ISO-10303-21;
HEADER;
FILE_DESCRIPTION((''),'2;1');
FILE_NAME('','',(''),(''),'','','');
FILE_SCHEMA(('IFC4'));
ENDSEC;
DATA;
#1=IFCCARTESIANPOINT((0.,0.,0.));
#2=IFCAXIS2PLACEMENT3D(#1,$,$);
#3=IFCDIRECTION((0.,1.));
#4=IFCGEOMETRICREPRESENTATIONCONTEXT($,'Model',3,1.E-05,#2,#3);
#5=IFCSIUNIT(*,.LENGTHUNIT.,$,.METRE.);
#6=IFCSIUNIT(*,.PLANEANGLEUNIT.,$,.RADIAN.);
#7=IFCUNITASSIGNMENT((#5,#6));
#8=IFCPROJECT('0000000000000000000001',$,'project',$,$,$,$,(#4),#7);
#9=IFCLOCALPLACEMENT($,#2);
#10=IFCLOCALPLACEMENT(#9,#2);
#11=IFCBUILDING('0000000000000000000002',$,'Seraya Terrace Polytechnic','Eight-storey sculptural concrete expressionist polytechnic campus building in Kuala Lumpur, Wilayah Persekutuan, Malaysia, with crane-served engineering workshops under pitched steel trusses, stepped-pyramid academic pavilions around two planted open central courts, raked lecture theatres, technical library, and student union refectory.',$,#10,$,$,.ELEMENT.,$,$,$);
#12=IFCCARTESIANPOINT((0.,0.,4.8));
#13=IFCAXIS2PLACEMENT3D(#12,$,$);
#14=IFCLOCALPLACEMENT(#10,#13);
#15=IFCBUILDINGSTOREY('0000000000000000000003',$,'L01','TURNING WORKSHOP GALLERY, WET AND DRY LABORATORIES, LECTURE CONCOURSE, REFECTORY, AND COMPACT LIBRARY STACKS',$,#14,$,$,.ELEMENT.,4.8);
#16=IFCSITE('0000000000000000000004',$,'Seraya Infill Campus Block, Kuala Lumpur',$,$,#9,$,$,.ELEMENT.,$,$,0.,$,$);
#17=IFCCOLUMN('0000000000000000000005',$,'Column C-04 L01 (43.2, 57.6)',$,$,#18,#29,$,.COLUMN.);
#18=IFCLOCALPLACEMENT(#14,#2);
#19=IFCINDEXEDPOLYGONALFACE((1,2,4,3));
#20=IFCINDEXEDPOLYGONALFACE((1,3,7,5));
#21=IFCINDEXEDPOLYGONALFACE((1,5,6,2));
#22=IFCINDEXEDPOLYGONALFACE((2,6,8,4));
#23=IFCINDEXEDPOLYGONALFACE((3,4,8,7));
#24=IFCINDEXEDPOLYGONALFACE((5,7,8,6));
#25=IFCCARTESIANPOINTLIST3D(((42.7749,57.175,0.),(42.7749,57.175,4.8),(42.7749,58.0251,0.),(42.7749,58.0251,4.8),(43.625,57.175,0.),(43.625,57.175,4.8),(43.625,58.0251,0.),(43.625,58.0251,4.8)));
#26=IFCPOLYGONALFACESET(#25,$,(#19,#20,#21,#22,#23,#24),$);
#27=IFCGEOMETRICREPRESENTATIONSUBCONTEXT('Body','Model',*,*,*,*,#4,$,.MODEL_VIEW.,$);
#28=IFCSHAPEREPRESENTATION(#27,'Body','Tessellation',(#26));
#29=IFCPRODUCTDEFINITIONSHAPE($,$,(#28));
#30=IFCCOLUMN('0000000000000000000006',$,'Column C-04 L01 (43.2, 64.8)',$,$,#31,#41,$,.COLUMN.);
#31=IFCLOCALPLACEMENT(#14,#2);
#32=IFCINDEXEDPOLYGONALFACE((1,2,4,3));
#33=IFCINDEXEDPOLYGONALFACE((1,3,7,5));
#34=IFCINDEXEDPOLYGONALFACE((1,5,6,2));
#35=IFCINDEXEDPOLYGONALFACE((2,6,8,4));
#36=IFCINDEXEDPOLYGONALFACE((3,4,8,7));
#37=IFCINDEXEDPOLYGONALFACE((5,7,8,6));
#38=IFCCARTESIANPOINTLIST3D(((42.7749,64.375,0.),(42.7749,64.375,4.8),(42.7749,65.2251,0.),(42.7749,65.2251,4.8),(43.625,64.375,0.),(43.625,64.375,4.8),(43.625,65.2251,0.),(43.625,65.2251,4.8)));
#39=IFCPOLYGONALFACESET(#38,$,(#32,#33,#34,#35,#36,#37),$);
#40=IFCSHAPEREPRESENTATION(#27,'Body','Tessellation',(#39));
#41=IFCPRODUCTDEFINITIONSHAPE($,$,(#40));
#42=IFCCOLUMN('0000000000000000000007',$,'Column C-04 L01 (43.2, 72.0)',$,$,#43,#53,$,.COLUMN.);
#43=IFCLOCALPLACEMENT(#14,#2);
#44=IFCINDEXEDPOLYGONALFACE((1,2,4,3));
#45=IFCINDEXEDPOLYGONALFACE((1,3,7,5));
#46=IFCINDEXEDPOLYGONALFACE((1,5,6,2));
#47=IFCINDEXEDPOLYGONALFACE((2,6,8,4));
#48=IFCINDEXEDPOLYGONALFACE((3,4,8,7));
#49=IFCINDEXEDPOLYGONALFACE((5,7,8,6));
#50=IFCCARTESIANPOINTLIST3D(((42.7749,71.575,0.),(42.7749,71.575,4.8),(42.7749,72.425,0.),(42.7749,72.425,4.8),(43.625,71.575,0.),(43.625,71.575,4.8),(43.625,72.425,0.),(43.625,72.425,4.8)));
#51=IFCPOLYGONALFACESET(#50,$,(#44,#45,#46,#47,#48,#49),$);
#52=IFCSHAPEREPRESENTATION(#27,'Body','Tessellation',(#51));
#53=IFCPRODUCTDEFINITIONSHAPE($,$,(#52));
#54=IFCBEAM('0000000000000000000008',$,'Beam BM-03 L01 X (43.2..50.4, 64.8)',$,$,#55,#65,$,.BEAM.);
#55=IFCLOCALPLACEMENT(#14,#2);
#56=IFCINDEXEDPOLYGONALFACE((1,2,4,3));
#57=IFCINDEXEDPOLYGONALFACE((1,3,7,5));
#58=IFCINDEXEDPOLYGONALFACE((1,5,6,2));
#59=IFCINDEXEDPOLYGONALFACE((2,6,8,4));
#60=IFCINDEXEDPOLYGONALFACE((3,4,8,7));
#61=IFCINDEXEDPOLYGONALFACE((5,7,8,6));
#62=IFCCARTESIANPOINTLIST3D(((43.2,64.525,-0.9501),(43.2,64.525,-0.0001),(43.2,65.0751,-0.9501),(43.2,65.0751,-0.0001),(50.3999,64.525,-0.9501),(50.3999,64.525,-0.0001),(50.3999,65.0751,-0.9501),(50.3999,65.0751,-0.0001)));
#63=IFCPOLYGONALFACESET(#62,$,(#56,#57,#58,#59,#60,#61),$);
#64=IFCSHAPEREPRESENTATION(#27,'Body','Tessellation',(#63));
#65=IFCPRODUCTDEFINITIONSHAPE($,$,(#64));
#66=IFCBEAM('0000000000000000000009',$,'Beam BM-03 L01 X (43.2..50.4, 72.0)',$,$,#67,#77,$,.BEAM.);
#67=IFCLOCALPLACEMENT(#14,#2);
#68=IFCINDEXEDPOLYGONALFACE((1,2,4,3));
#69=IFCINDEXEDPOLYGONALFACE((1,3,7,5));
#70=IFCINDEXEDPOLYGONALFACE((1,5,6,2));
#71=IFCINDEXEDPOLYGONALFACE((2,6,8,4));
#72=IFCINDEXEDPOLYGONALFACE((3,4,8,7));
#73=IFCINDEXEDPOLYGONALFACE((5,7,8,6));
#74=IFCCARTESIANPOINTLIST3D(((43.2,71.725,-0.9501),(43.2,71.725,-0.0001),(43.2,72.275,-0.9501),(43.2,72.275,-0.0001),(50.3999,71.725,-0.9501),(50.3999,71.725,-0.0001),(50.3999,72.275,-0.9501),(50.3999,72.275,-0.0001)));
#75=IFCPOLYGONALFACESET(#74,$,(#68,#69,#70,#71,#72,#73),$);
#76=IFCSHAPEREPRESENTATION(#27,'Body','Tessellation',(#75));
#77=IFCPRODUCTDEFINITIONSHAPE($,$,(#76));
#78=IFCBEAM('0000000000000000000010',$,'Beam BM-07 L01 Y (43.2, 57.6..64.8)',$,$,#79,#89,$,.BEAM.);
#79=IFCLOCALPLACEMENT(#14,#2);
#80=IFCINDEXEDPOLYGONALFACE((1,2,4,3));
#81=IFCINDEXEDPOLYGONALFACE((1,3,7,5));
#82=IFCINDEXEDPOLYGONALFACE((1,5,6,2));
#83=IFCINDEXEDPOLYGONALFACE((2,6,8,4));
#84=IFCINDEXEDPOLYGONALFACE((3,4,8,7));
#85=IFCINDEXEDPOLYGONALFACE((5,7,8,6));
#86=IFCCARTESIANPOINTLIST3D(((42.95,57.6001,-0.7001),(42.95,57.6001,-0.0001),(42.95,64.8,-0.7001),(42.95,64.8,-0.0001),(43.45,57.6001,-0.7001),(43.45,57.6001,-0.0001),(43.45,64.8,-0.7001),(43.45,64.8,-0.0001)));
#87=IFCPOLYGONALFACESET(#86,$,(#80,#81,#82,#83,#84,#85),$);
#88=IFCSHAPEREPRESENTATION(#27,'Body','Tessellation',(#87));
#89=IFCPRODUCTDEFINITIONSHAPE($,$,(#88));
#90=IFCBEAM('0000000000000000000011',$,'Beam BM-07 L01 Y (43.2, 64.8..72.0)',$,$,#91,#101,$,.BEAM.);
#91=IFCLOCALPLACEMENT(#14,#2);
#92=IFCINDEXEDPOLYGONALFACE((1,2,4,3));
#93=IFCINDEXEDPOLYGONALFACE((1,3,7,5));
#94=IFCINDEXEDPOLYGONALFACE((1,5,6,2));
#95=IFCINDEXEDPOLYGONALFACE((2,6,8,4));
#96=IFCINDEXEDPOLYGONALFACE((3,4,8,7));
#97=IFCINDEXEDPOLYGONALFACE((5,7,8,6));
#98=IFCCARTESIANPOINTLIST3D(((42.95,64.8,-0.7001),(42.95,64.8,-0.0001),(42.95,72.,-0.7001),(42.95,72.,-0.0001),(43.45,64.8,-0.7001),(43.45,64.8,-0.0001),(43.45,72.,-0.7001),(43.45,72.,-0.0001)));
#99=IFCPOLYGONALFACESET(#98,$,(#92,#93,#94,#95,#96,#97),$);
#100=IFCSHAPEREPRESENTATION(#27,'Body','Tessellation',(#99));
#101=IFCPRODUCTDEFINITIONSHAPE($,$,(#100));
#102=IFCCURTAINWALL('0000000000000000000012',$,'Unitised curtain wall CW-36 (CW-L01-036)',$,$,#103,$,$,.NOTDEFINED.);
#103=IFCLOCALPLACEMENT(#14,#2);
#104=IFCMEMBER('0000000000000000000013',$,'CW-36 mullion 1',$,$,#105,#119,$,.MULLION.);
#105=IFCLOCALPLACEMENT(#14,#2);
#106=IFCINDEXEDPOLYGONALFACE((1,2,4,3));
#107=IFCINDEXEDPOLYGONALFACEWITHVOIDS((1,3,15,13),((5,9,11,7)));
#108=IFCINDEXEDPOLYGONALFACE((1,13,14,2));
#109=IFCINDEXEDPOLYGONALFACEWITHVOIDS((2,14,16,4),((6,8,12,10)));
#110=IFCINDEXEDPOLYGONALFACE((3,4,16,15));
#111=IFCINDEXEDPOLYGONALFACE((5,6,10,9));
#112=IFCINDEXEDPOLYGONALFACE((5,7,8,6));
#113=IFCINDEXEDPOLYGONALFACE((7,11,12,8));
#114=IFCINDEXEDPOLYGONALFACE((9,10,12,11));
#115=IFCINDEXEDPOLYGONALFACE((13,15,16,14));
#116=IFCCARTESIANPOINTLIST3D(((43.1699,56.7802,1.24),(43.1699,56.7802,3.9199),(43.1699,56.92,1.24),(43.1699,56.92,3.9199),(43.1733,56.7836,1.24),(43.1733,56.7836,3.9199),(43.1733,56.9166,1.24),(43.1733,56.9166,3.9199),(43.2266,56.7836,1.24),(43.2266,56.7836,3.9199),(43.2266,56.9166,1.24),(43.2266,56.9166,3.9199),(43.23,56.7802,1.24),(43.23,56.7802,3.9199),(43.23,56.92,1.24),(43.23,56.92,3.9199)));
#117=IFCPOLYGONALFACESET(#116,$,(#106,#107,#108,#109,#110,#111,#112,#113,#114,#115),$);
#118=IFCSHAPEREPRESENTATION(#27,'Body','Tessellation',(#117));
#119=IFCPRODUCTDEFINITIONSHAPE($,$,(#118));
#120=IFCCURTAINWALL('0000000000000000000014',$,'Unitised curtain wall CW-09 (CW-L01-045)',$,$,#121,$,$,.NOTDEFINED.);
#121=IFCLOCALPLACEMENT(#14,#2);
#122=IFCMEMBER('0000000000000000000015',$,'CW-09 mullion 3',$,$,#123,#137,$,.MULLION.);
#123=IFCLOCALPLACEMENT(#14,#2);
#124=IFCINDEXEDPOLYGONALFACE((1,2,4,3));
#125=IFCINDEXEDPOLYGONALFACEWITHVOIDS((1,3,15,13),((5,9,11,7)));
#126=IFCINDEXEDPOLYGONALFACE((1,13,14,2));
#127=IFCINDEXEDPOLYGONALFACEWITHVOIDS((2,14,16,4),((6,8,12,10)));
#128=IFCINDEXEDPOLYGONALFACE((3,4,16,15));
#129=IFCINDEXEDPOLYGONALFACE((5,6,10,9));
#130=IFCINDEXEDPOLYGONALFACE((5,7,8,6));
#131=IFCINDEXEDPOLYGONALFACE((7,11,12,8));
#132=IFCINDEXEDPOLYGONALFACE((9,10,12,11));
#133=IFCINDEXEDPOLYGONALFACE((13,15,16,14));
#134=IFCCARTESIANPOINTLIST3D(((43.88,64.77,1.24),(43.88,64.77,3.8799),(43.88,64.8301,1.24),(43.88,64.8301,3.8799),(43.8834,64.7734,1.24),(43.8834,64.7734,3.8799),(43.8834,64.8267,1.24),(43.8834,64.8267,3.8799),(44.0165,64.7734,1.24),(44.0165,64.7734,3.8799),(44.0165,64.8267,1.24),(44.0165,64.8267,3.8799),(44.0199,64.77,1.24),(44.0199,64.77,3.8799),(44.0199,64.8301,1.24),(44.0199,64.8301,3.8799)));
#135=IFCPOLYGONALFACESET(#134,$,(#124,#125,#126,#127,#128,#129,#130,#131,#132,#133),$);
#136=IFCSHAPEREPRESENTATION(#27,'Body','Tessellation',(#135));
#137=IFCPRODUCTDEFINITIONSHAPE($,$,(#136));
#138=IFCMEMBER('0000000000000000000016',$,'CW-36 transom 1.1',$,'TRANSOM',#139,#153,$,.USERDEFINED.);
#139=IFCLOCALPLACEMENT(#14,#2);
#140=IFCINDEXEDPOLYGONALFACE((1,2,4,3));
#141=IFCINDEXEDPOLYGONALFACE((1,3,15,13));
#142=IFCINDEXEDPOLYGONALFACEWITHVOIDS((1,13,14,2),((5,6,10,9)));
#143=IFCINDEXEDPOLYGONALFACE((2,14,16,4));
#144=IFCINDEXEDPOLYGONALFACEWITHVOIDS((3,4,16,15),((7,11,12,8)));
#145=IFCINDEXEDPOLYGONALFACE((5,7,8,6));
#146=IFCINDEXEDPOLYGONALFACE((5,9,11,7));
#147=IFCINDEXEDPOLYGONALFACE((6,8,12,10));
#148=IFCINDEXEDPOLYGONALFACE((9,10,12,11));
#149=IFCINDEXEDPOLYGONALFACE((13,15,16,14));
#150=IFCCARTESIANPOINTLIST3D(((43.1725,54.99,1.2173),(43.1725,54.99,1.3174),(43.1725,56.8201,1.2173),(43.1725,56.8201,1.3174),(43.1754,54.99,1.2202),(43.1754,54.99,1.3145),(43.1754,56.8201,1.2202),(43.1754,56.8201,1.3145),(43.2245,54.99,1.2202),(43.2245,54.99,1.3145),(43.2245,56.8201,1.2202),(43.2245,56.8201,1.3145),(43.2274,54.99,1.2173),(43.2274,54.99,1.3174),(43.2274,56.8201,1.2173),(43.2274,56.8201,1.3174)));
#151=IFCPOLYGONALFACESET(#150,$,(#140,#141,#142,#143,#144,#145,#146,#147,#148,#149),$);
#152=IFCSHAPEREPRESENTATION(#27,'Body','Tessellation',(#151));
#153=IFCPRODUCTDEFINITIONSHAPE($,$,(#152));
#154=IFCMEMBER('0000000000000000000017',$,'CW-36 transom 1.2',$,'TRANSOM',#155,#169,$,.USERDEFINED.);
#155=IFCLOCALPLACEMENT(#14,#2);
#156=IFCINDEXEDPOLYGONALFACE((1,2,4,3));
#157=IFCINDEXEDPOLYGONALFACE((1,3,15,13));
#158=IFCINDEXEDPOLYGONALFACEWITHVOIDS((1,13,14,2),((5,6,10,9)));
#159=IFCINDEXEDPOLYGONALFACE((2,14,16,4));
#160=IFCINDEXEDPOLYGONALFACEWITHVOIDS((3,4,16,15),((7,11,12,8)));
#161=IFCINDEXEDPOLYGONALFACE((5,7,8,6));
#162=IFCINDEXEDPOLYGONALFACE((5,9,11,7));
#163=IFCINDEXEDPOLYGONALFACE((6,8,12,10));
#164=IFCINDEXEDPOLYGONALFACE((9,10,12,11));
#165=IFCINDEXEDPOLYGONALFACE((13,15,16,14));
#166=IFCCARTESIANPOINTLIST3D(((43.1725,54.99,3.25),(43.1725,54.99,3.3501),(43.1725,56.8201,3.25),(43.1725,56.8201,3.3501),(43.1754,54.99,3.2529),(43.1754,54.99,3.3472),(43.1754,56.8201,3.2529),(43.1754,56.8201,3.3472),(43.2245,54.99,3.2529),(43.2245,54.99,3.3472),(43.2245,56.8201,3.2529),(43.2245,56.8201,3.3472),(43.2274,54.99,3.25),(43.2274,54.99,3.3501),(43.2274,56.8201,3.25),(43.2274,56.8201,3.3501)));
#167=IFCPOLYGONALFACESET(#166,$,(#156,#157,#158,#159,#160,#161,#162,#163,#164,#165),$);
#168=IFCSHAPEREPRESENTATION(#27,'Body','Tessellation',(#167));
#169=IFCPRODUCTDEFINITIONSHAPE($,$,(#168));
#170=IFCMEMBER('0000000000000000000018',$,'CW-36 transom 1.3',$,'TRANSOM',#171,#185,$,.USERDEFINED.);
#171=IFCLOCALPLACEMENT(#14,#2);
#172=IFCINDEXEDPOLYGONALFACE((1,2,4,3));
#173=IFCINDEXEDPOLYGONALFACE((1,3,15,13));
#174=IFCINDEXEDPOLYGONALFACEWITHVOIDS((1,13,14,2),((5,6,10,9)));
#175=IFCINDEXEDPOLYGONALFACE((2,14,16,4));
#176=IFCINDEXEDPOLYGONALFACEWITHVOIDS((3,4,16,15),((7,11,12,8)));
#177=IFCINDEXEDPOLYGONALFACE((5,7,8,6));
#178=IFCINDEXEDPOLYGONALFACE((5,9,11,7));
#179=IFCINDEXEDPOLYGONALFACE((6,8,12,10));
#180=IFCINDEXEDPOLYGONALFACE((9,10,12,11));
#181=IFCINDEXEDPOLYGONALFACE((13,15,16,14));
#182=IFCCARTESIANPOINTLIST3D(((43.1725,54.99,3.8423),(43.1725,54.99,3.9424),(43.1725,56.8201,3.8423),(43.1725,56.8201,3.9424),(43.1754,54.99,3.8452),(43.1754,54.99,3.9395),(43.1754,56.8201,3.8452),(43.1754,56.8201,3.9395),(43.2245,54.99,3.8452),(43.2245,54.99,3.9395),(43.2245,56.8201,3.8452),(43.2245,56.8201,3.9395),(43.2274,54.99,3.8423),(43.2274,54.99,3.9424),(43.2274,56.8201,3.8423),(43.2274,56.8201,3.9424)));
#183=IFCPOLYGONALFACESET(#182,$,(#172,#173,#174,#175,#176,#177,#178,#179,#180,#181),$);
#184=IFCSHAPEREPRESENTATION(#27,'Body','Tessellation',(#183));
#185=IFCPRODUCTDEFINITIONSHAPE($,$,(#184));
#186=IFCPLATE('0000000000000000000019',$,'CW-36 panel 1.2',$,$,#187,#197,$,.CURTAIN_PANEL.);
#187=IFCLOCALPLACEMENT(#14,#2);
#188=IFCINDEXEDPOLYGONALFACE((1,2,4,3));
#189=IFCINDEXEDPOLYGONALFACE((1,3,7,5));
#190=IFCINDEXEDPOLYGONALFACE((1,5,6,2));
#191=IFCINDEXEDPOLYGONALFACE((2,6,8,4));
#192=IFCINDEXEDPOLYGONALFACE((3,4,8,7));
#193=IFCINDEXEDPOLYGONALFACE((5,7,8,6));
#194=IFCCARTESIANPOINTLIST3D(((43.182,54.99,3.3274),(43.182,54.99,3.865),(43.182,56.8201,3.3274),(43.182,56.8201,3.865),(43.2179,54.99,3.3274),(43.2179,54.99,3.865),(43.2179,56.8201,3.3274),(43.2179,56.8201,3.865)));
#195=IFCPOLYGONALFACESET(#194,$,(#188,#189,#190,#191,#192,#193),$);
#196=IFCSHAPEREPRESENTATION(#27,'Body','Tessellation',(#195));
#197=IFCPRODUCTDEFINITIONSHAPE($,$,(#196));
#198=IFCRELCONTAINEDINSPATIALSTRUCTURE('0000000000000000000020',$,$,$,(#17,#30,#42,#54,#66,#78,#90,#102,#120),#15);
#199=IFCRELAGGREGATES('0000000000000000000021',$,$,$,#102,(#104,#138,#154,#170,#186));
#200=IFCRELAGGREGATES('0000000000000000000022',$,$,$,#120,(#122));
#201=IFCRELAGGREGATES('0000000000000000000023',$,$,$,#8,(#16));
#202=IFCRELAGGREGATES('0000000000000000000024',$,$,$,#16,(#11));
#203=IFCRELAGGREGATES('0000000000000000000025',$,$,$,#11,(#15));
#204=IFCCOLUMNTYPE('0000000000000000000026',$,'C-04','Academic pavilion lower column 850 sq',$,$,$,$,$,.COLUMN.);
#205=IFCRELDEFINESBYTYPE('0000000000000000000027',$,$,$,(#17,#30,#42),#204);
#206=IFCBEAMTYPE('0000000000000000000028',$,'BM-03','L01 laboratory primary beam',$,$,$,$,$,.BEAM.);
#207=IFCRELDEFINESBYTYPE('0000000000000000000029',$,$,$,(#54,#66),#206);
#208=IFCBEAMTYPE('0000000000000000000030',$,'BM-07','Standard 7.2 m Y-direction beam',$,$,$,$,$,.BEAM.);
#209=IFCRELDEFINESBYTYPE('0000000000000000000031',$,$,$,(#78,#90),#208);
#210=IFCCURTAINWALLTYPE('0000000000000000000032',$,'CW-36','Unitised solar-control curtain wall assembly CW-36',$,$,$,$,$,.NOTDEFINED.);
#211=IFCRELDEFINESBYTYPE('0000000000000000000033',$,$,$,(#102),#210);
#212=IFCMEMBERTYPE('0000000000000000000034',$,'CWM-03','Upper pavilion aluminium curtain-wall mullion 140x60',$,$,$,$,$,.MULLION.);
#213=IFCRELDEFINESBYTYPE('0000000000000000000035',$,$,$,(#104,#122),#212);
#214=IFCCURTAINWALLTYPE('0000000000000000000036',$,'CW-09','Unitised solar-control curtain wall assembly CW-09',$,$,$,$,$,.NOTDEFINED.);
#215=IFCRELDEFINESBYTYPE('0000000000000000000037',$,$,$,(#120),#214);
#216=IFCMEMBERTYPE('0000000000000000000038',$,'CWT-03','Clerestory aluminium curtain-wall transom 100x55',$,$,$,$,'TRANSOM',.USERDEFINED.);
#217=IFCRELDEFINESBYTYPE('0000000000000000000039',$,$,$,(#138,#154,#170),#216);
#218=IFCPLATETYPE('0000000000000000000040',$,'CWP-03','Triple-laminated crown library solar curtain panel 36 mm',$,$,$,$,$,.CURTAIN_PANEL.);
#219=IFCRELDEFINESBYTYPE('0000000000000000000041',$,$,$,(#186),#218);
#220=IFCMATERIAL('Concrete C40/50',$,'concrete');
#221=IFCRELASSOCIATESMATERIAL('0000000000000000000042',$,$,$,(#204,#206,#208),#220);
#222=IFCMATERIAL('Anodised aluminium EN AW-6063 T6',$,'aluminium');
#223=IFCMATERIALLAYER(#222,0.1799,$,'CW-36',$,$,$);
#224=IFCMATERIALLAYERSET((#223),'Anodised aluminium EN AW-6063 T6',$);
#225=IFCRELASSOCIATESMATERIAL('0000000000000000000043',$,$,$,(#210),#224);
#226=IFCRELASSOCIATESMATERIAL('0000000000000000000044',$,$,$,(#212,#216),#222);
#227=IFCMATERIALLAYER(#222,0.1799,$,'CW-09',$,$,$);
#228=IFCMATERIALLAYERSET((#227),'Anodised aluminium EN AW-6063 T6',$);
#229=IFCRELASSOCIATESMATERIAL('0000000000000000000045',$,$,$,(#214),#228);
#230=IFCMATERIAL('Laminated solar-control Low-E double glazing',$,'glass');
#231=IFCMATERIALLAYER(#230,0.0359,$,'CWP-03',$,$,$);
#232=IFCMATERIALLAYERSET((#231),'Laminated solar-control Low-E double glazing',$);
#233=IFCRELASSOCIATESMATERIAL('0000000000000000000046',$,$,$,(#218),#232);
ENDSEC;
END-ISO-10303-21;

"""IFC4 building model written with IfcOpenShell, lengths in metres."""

from ifc_helpers import new_model, si_unit, direction, frame, origin, origin_2d, place, context, subcontext, project, spatial, rectangle, hollow_rectangle, extrude, material, layer, layer_set, material_profile, profile_set, type_object, element, aggregate, save


model = new_model("IFC4")

# Units and contexts
model_context = context("Model", 3, precision=1e-05, world=origin(), true_north=direction((0.0, 1.0)))
body_context = subcontext(model_context, "Body", "Model", "MODEL_VIEW")
ifc_project = project(units=[si_unit("LENGTHUNIT", "METRE"), si_unit("PLANEANGLEUNIT", "RADIAN")], contexts=[model_context])

# Site, building, storey
site_placement = place(None, origin())
site = spatial("IfcSite", under=ifc_project, at=site_placement, Name="Seraya Infill Campus Block, Kuala Lumpur", CompositionType="ELEMENT", RefElevation=0.0)
building_placement = place(site_placement, origin())
building = spatial("IfcBuilding", under=site, at=building_placement, Name="Seraya Terrace Polytechnic", Description="Eight-storey sculptural concrete expressionist polytechnic campus building in Kuala Lumpur, Wilayah Persekutuan, Malaysia, with crane-served engineering workshops under pitched steel trusses, stepped-pyramid academic pavilions around two planted open central courts, raked lecture theatres, technical library, and student union refectory.", CompositionType="ELEMENT")
storey_placement = place(building_placement, frame((0.0, 0.0, 4.8)))
storey = spatial("IfcBuildingStorey", under=building, at=storey_placement, Name="L01", Description="TURNING WORKSHOP GALLERY, WET AND DRY LABORATORIES, LECTURE CONCOURSE, REFECTORY, AND COMPACT LIBRARY STACKS", CompositionType="ELEMENT", Elevation=4.8)

# Columns
ifc_material_1 = material(Name="Concrete C40/50", Category="concrete")
ifc_material_profile_1 = material_profile(ifc_material_1, rectangle(XDim=0.8501, YDim=0.8501, at=origin_2d()), Name="RC 850x850")
ifc_profile_set_1 = profile_set([ifc_material_profile_1], Name="Concrete C40/50")
column_type = type_object("IfcColumnType", Name="C-04", Description="Academic pavilion lower column 850 sq", PredefinedType="COLUMN", material=ifc_profile_set_1)
for number, where, z_axis, x_axis, name in (
    (1, (43.2, 57.6001, 0.0), (0.0, 0.0, 1.0), (1.0, 0.0, 0.0), "Column C-04 L01 (43.2, 57.6)"),
    (2, (43.2, 64.8, 0.0), (0.0, 0.0, 1.0), (1.0, 0.0, 0.0), "Column C-04 L01 (43.2, 64.8)"),
    (3, (43.2, 72.0, 0.0), (0.0, 0.0, 1.0), (1.0, 0.0, 0.0), "Column C-04 L01 (43.2, 72.0)"),
):
    element("IfcColumn", number, at=place(storey_placement, frame(where, z_axis=z_axis, x_axis=x_axis)), inside=storey, type_object=column_type, Name=name, PredefinedType="COLUMN", context=body_context, shape_type="SweptSolid", body=[
        extrude(rectangle(XDim=0.8501, YDim=0.8501, at=origin_2d()), origin(), (0.0, 0.0, 1.0), 4.8),
    ])

# Beams
ifc_material_profile_2 = material_profile(ifc_material_1, rectangle(XDim=0.55, YDim=0.95, at=origin_2d()), Name="RC 550x950")
ifc_profile_set_2 = profile_set([ifc_material_profile_2], Name="Concrete C40/50")
beam_type_1 = type_object("IfcBeamType", Name="BM-03", Description="L01 laboratory primary beam", PredefinedType="BEAM", material=ifc_profile_set_2)
for number, where, z_axis, x_axis, name in (
    (4, (43.2, 64.8, -0.4751), (1.0, 0.0, 0.0), (0.0, 1.0, 0.0), "Beam BM-03 L01 X (43.2..50.4, 64.8)"),
    (5, (43.2, 72.0, -0.4751), (1.0, 0.0, 0.0), (0.0, 1.0, 0.0), "Beam BM-03 L01 X (43.2..50.4, 72.0)"),
):
    element("IfcBeam", number, at=place(storey_placement, frame(where, z_axis=z_axis, x_axis=x_axis)), inside=storey, type_object=beam_type_1, Name=name, PredefinedType="BEAM", context=body_context, shape_type="SweptSolid", body=[
        extrude(rectangle(XDim=0.55, YDim=0.95, at=origin_2d()), origin(), (0.0, 0.0, 1.0), 7.2),
    ])
ifc_material_profile_3 = material_profile(ifc_material_1, rectangle(XDim=0.5, YDim=0.7, at=origin_2d()), Name="RC 500x700")
ifc_profile_set_3 = profile_set([ifc_material_profile_3], Name="Concrete C40/50")
beam_type_2 = type_object("IfcBeamType", Name="BM-07", Description="Standard 7.2 m Y-direction beam", PredefinedType="BEAM", material=ifc_profile_set_3)
for number, where, z_axis, x_axis, name in (
    (6, (43.2, 57.6001, -0.3501), (0.0, 1.0, 0.0), (-1.0, 0.0, 0.0), "Beam BM-07 L01 Y (43.2, 57.6..64.8)"),
    (7, (43.2, 64.8, -0.3501), (0.0, 1.0, 0.0), (-1.0, 0.0, 0.0), "Beam BM-07 L01 Y (43.2, 64.8..72.0)"),
):
    element("IfcBeam", number, at=place(storey_placement, frame(where, z_axis=z_axis, x_axis=x_axis)), inside=storey, type_object=beam_type_2, Name=name, PredefinedType="BEAM", context=body_context, shape_type="SweptSolid", body=[
        extrude(rectangle(XDim=0.5, YDim=0.7, at=origin_2d()), origin(), (0.0, 0.0, 1.0), 7.2),
    ])

# Curtain walls, members
ifc_material_2 = material(Name="Anodised aluminium EN AW-6063 T6", Category="aluminium")
ifc_layer_1 = layer(ifc_material_2, 0.1799, Name="CW-36")
ifc_layer_set_1 = layer_set([ifc_layer_1], Name="Anodised aluminium EN AW-6063 T6")
curtain_wall_type_1 = type_object("IfcCurtainWallType", Name="CW-36", Description="Unitised solar-control curtain wall assembly CW-36", PredefinedType="NOTDEFINED", material=ifc_layer_set_1)
curtain_wall_1_placement = place(storey_placement, origin())
curtain_wall_1 = element("IfcCurtainWall", 8, at=curtain_wall_1_placement, inside=storey, type_object=curtain_wall_type_1, Name="Unitised curtain wall CW-36 (CW-L01-036)", PredefinedType="NOTDEFINED")
ifc_material_profile_4 = material_profile(ifc_material_2, hollow_rectangle(XDim=0.0601, YDim=0.1399, WallThickness=0.0034, at=origin_2d()), Name="RHS 140x60x3.5")
ifc_profile_set_4 = profile_set([ifc_material_profile_4], Name="Anodised aluminium EN AW-6063 T6")
member_type_1 = type_object("IfcMemberType", Name="CWM-03", Description="Upper pavilion aluminium curtain-wall mullion 140x60", PredefinedType="MULLION", material=ifc_profile_set_4)
member_1_placement = place(storey_placement, frame((43.2, 56.8501, 1.24), z_axis=(0.0, 0.0, 1.0), x_axis=(1.0, 0.0, 0.0)))
member_1 = element("IfcMember", 9, at=member_1_placement, type_object=member_type_1, Name="CW-36 mullion 1", PredefinedType="MULLION", context=body_context, shape_type="SweptSolid", body=[
    extrude(hollow_rectangle(XDim=0.0601, YDim=0.1399, WallThickness=0.0034, at=origin_2d()), origin(), (0.0, 0.0, 1.0), 2.6799),
])
ifc_layer_2 = layer(ifc_material_2, 0.1799, Name="CW-09")
ifc_layer_set_2 = layer_set([ifc_layer_2], Name="Anodised aluminium EN AW-6063 T6")
curtain_wall_type_2 = type_object("IfcCurtainWallType", Name="CW-09", Description="Unitised solar-control curtain wall assembly CW-09", PredefinedType="NOTDEFINED", material=ifc_layer_set_2)
curtain_wall_2_placement = place(storey_placement, origin())
curtain_wall_2 = element("IfcCurtainWall", 10, at=curtain_wall_2_placement, inside=storey, type_object=curtain_wall_type_2, Name="Unitised curtain wall CW-09 (CW-L01-045)", PredefinedType="NOTDEFINED")
member_2_placement = place(storey_placement, frame((43.95, 64.8, 1.24), z_axis=(0.0, 0.0, 1.0), x_axis=(0.0, -1.0, 0.0)))
member_2 = element("IfcMember", 11, at=member_2_placement, type_object=member_type_1, Name="CW-09 mullion 3", PredefinedType="MULLION", context=body_context, shape_type="SweptSolid", body=[
    extrude(hollow_rectangle(XDim=0.0601, YDim=0.1399, WallThickness=0.0034, at=origin_2d()), origin(), (0.0, 0.0, 1.0), 2.6399),
])

# Members
ifc_material_profile_5 = material_profile(ifc_material_2, hollow_rectangle(XDim=0.0549, YDim=0.1001, WallThickness=0.0029, at=origin_2d()), Name="RHS 100x55x3.0")
ifc_profile_set_5 = profile_set([ifc_material_profile_5], Name="Anodised aluminium EN AW-6063 T6")
member_type_2 = type_object("IfcMemberType", Name="CWT-03", Description="Clerestory aluminium curtain-wall transom 100x55", ElementType="TRANSOM", PredefinedType="USERDEFINED", material=ifc_profile_set_5)
member_3_placement = place(storey_placement, frame((43.2, 56.8201, 1.2673), z_axis=(0.0, -1.0, 0.0), x_axis=(1.0, 0.0, 0.0)))
member_3 = element("IfcMember", 12, at=member_3_placement, type_object=member_type_2, Name="CW-36 transom 1.1", ObjectType="TRANSOM", PredefinedType="USERDEFINED", context=body_context, shape_type="SweptSolid", body=[
    extrude(hollow_rectangle(XDim=0.0549, YDim=0.1001, WallThickness=0.0029, at=origin_2d()), origin(), (0.0, 0.0, 1.0), 1.8301),
])
member_4_placement = place(storey_placement, frame((43.2, 56.8201, 3.3), z_axis=(0.0, -1.0, 0.0), x_axis=(1.0, 0.0, 0.0)))
member_4 = element("IfcMember", 13, at=member_4_placement, type_object=member_type_2, Name="CW-36 transom 1.2", ObjectType="TRANSOM", PredefinedType="USERDEFINED", context=body_context, shape_type="SweptSolid", body=[
    extrude(hollow_rectangle(XDim=0.0549, YDim=0.1001, WallThickness=0.0029, at=origin_2d()), origin(), (0.0, 0.0, 1.0), 1.8301),
])
member_5_placement = place(storey_placement, frame((43.2, 56.8201, 3.8923), z_axis=(0.0, -1.0, 0.0), x_axis=(1.0, 0.0, 0.0)))
member_5 = element("IfcMember", 14, at=member_5_placement, type_object=member_type_2, Name="CW-36 transom 1.3", ObjectType="TRANSOM", PredefinedType="USERDEFINED", context=body_context, shape_type="SweptSolid", body=[
    extrude(hollow_rectangle(XDim=0.0549, YDim=0.1001, WallThickness=0.0029, at=origin_2d()), origin(), (0.0, 0.0, 1.0), 1.8301),
])

# Plate
ifc_material_3 = material(Name="Laminated solar-control Low-E double glazing", Category="glass")
ifc_layer_3 = layer(ifc_material_3, 0.0359, Name="CWP-03")
ifc_layer_set_3 = layer_set([ifc_layer_3], Name="Laminated solar-control Low-E double glazing")
plate_type = type_object("IfcPlateType", Name="CWP-03", Description="Triple-laminated crown library solar curtain panel 36 mm", PredefinedType="CURTAIN_PANEL", material=ifc_layer_set_3)
plate_1_placement = place(storey_placement, frame((43.2, 55.905, 3.3274), z_axis=(0.0, 0.0, 1.0), x_axis=(0.0, -1.0, 0.0)))
plate_1 = element("IfcPlate", 15, at=plate_1_placement, type_object=plate_type, Name="CW-36 panel 1.2", PredefinedType="CURTAIN_PANEL", context=body_context, shape_type="SweptSolid", body=[
    extrude(rectangle(XDim=1.8301, YDim=0.0359, at=origin_2d()), origin(), (0.0, 0.0, 1.0), 0.5376),
])
aggregate(curtain_wall_1, [member_1, member_3, member_4, member_5, plate_1])
aggregate(curtain_wall_2, [member_2])

save(model, "model.ifc")
